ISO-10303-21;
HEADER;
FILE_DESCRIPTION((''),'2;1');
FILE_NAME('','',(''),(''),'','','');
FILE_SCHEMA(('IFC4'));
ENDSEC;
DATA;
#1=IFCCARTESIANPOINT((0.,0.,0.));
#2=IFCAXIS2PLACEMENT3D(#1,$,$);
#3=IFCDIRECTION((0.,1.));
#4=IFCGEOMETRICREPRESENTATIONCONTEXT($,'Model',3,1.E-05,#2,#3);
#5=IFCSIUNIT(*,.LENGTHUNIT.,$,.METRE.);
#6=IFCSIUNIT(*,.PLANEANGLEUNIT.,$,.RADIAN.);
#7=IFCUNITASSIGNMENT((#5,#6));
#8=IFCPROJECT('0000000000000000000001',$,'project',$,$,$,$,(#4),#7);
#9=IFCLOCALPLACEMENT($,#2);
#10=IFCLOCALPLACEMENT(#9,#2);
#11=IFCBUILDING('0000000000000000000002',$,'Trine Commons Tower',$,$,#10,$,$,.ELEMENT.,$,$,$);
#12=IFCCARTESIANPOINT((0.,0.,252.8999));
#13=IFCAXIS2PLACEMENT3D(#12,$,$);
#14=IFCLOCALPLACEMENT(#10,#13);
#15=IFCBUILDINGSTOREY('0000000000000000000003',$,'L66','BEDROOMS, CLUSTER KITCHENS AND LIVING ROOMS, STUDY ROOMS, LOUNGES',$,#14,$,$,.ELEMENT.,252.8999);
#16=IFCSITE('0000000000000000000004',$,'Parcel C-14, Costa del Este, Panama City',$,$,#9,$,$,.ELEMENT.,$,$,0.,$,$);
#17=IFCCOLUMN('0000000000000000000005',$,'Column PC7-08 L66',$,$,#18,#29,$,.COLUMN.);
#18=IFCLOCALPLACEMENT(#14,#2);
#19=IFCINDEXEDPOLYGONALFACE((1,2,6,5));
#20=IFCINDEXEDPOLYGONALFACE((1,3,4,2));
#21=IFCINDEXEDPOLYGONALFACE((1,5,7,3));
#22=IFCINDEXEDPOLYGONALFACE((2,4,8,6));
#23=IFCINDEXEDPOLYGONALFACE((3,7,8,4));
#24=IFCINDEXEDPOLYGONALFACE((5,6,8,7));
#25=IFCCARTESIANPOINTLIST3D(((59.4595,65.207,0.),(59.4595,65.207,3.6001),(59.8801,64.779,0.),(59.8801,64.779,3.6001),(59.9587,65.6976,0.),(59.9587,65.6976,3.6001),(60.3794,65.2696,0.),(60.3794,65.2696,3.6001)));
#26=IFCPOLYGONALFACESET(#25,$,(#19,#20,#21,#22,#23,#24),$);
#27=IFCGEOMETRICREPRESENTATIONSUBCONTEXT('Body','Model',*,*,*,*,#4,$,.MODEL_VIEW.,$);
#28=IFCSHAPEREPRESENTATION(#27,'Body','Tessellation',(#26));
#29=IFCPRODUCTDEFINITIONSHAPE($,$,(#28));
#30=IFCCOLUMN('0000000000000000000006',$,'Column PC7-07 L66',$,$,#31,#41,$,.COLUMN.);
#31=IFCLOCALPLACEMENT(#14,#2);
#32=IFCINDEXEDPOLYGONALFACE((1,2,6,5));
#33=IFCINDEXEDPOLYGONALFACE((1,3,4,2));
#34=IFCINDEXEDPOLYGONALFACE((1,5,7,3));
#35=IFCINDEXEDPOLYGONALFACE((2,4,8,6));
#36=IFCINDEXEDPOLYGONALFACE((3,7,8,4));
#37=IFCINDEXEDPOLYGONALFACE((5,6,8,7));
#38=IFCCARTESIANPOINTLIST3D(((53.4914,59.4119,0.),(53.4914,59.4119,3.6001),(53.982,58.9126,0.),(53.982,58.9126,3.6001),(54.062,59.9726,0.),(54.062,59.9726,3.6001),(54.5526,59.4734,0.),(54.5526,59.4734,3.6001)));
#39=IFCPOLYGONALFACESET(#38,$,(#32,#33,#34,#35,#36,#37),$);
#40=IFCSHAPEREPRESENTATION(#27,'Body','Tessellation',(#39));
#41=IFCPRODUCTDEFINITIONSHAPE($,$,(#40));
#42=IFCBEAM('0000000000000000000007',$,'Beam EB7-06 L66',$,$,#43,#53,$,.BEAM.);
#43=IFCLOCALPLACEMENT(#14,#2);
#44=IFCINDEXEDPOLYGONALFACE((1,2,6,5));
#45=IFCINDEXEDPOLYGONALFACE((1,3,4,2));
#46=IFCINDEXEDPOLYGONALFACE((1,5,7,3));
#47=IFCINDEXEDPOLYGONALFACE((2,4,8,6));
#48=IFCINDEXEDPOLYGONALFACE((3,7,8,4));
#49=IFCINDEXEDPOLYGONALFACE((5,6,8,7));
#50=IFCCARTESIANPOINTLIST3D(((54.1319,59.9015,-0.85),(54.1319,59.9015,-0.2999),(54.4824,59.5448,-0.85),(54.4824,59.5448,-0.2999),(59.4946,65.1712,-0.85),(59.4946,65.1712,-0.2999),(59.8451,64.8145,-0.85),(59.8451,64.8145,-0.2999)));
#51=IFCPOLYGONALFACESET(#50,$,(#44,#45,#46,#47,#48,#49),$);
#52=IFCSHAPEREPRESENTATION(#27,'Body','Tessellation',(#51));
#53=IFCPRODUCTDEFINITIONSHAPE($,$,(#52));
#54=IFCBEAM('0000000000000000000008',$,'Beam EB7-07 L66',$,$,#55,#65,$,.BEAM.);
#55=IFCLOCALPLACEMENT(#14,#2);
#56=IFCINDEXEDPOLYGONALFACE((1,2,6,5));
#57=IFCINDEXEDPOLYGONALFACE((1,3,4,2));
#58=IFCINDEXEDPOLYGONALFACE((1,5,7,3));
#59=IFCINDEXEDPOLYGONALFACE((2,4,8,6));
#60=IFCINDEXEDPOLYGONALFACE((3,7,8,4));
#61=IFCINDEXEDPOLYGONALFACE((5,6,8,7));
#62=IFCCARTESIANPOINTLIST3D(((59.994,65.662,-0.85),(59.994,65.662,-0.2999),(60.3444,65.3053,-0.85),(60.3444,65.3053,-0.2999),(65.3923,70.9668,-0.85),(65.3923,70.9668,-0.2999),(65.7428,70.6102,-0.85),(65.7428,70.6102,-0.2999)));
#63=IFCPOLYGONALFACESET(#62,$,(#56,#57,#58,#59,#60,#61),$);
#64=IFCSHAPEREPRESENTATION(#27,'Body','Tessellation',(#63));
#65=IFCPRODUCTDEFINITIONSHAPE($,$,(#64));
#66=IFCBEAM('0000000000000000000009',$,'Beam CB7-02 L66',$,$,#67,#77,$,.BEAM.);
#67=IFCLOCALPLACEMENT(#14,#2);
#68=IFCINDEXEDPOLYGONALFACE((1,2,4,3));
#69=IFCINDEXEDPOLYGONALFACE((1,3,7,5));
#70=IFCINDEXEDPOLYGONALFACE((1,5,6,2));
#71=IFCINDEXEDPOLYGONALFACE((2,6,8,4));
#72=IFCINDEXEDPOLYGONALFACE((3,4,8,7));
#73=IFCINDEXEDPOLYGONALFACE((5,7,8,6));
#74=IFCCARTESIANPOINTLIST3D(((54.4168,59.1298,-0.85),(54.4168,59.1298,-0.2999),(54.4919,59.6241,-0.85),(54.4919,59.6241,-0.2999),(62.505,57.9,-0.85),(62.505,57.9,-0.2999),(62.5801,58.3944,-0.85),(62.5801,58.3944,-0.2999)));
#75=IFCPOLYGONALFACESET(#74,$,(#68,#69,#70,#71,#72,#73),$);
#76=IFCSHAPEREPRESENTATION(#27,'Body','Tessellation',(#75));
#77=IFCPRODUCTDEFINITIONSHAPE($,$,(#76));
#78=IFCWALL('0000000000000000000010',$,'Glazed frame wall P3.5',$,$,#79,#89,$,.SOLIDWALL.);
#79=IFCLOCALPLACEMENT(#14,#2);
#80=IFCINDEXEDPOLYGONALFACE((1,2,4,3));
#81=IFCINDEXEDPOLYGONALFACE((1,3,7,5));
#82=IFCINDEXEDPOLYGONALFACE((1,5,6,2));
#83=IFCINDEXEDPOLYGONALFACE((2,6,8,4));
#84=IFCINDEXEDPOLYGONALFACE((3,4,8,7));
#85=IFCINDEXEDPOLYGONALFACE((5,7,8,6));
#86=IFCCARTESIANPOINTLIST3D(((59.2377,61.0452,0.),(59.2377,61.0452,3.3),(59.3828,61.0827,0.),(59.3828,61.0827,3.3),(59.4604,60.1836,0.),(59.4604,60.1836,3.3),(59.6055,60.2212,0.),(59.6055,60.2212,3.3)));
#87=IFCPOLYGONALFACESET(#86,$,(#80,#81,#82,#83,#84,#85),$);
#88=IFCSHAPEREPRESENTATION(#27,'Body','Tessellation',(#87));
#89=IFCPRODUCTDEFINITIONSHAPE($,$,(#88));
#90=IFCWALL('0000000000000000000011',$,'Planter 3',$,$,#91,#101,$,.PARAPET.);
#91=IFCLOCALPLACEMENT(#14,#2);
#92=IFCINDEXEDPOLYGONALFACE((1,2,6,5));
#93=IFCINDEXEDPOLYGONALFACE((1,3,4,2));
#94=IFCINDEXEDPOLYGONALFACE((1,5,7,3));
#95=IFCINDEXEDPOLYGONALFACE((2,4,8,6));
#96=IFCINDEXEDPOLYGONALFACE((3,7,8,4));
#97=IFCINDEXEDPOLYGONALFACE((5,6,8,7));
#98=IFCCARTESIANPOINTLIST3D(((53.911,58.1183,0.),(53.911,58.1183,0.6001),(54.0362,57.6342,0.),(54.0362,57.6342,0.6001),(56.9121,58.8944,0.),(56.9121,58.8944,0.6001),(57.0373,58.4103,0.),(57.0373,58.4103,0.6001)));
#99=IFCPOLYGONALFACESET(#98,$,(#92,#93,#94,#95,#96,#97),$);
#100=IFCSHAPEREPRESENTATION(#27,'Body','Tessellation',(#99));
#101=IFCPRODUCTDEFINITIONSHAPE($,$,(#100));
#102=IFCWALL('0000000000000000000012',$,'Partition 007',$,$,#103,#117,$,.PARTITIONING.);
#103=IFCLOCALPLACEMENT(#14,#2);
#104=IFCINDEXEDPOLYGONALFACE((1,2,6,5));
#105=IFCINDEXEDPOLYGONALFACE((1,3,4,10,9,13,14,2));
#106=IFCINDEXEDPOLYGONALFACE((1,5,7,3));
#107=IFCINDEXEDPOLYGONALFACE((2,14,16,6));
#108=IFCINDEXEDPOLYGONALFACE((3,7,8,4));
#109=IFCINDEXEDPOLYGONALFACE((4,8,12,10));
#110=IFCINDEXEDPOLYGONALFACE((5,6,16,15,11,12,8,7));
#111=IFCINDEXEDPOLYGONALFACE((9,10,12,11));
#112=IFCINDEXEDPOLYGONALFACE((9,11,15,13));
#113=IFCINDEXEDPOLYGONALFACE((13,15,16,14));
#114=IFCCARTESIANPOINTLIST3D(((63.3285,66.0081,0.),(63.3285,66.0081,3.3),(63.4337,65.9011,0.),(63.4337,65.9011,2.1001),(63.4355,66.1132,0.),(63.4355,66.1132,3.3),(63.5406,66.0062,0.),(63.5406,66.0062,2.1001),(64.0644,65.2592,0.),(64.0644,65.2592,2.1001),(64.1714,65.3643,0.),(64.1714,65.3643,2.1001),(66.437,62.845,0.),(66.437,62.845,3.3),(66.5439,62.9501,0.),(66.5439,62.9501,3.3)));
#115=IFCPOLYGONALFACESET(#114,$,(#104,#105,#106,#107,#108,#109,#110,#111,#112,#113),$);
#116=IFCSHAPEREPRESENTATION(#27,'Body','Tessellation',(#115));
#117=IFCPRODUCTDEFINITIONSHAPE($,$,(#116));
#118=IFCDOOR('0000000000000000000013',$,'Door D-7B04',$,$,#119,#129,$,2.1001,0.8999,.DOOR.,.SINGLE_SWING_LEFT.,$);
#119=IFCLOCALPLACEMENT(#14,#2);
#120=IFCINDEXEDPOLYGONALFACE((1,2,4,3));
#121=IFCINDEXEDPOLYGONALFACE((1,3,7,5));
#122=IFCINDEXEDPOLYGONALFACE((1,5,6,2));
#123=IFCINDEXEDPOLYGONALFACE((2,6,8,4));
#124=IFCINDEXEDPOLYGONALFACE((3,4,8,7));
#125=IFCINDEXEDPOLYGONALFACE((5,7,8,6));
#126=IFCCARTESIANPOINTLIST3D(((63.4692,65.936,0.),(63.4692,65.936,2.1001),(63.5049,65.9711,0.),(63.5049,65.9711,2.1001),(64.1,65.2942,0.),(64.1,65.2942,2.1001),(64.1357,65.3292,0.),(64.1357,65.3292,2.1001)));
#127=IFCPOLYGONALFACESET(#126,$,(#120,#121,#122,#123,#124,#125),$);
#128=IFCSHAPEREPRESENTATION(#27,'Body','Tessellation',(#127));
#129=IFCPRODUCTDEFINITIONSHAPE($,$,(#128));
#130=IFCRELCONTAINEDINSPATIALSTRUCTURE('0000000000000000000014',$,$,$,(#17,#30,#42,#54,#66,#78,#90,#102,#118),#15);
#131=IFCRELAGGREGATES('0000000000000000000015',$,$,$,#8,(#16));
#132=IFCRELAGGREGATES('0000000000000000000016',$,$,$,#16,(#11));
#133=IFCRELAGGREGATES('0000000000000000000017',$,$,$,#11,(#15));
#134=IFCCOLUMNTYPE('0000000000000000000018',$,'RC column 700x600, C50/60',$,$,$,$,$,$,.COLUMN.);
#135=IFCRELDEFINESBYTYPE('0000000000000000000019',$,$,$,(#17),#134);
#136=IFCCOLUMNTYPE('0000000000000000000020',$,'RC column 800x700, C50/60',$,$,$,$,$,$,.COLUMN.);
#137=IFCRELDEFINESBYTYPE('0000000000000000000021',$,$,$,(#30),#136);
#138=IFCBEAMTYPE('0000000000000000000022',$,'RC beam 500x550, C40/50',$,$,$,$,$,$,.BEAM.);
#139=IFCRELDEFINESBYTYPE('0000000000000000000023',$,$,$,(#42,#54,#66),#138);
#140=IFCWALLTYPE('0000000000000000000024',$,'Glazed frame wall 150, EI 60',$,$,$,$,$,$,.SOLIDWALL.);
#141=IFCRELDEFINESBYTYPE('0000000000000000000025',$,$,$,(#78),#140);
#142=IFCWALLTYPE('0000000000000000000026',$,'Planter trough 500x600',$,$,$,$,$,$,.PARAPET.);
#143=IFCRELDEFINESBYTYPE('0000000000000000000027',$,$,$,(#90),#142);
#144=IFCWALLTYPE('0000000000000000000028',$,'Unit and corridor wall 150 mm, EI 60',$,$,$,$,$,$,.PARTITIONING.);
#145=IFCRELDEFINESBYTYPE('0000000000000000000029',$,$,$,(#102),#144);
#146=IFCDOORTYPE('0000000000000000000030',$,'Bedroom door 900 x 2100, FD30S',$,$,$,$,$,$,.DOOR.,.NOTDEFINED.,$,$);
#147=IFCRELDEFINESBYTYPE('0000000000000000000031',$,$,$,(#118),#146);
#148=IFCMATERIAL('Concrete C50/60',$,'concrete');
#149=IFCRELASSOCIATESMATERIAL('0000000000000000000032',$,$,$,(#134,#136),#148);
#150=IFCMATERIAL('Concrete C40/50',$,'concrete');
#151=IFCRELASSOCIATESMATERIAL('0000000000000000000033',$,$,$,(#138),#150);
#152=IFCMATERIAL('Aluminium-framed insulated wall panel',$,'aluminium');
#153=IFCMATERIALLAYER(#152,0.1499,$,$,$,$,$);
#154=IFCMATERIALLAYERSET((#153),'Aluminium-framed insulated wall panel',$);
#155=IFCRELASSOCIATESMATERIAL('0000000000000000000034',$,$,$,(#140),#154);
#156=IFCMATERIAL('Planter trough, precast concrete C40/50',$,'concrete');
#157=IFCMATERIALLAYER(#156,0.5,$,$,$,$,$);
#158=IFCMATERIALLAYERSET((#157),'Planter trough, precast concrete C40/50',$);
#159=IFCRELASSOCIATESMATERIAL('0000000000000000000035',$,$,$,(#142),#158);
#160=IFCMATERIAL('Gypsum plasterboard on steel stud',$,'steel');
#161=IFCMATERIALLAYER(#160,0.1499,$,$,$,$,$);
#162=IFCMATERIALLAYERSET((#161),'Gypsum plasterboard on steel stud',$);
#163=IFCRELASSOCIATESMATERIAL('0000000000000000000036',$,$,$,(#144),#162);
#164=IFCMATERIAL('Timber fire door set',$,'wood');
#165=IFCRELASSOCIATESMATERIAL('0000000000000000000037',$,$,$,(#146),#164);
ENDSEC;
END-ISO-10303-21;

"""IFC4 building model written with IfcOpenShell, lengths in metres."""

from ifc_helpers import new_model, si_unit, direction, frame, frame_2d, origin, origin_2d, place, context, subcontext, project, spatial, polyline, rectangle, outline, extrude, material, layer, layer_set, material_profile, profile_set, type_object, element, fill, save


model = new_model("IFC4")

# Units and contexts
model_context = context("Model", 3, precision=1e-05, world=origin(), true_north=direction((0.0, 1.0)))
body_context = subcontext(model_context, "Body", "Model", "MODEL_VIEW")
ifc_project = project(units=[si_unit("LENGTHUNIT", "METRE"), si_unit("PLANEANGLEUNIT", "RADIAN")], contexts=[model_context])

# Site, building, storey
site_placement = place(None, origin())
site = spatial("IfcSite", under=ifc_project, at=site_placement, Name="Parcel C-14, Costa del Este, Panama City", CompositionType="ELEMENT", RefElevation=0.0)
building_placement = place(site_placement, origin())
building = spatial("IfcBuilding", under=site, at=building_placement, Name="Trine Commons Tower", CompositionType="ELEMENT")
storey_placement = place(building_placement, frame((0.0, 0.0, 252.8999)))
storey = spatial("IfcBuildingStorey", under=building, at=storey_placement, Name="L66", Description="BEDROOMS, CLUSTER KITCHENS AND LIVING ROOMS, STUDY ROOMS, LOUNGES", CompositionType="ELEMENT", Elevation=252.8999)

# Columns
ifc_material_1 = material(Name="Concrete C50/60", Category="concrete")
ifc_material_profile_1 = material_profile(ifc_material_1, rectangle(XDim=0.7, YDim=0.6001, at=origin_2d()), Name="RC 700x600")
ifc_profile_set_1 = profile_set([ifc_material_profile_1], Name="Concrete C50/60")
column_type_1 = type_object("IfcColumnType", Name="RC column 700x600, C50/60", PredefinedType="COLUMN", material=ifc_profile_set_1)
column_1_placement = place(storey_placement, frame((59.9194, 65.2383, 0.0), z_axis=(0.0, 0.0, 1.0), x_axis=(0.71325, 0.700909, 0.0)))
element("IfcColumn", 1, at=column_1_placement, inside=storey, type_object=column_type_1, Name="Column PC7-08 L66", PredefinedType="COLUMN", context=body_context, shape_type="SweptSolid", body=[
    extrude(rectangle(XDim=0.7, YDim=0.6001, at=origin_2d()), origin(), (0.0, 0.0, 1.0), 3.6001),
])
ifc_material_profile_2 = material_profile(ifc_material_1, rectangle(XDim=0.8, YDim=0.7, at=origin_2d()), Name="RC 800x700")
ifc_profile_set_2 = profile_set([ifc_material_profile_2], Name="Concrete C50/60")
column_type_2 = type_object("IfcColumnType", Name="RC column 800x700, C50/60", PredefinedType="COLUMN", material=ifc_profile_set_2)
column_2_placement = place(storey_placement, frame((54.022, 59.4426, 0.0), z_axis=(0.0, 0.0, 1.0), x_axis=(0.71325, 0.700909, 0.0)))
element("IfcColumn", 2, at=column_2_placement, inside=storey, type_object=column_type_2, Name="Column PC7-07 L66", PredefinedType="COLUMN", context=body_context, shape_type="SweptSolid", body=[
    extrude(rectangle(XDim=0.8, YDim=0.7, at=origin_2d()), origin(), (0.0, 0.0, 1.0), 3.6001),
])

# Beams
ifc_material_2 = material(Name="Concrete C40/50", Category="concrete")
ifc_material_profile_3 = material_profile(ifc_material_2, rectangle(XDim=0.5, YDim=0.55, at=origin_2d()), Name="RC 500x550")
ifc_profile_set_3 = profile_set([ifc_material_profile_3], Name="Concrete C40/50")
beam_type = type_object("IfcBeamType", Name="RC beam 500x550, C40/50", PredefinedType="BEAM", material=ifc_profile_set_3)
beam_1_placement = place(storey_placement, frame((54.3071, 59.7231, -0.575), z_axis=(0.713266, 0.700894, 0.0), x_axis=(-0.700894, 0.713266, 0.0)))
element("IfcBeam", 3, at=beam_1_placement, inside=storey, type_object=beam_type, Name="Beam EB7-06 L66", PredefinedType="BEAM", context=body_context, shape_type="SweptSolid", body=[
    extrude(rectangle(XDim=0.5, YDim=0.55, at=origin_2d()), origin(), (0.0, 0.0, 1.0), 7.5186),
])
beam_2_placement = place(storey_placement, frame((60.1692, 65.4836, -0.575), z_axis=(0.713257, 0.700903, 0.0), x_axis=(-0.700903, 0.713257, 0.0)))
element("IfcBeam", 4, at=beam_2_placement, inside=storey, type_object=beam_type, Name="Beam EB7-07 L66", PredefinedType="BEAM", context=body_context, shape_type="SweptSolid", body=[
    extrude(rectangle(XDim=0.5, YDim=0.55, at=origin_2d()), origin(), (0.0, 0.0, 1.0), 7.5686),
])
beam_3_placement = place(storey_placement, frame((54.4543, 59.377, -0.575), z_axis=(0.988638, -0.150315, 0.0), x_axis=(0.150315, 0.988638, 0.0)))
element("IfcBeam", 5, at=beam_3_placement, inside=storey, type_object=beam_type, Name="Beam CB7-02 L66", PredefinedType="BEAM", context=body_context, shape_type="SweptSolid", body=[
    extrude(rectangle(XDim=0.5, YDim=0.55, at=origin_2d()), origin(), (0.0, 0.0, 1.0), 8.1812),
])

# Shared definitions
ifc_material_3 = material(Name="Aluminium-framed insulated wall panel", Category="aluminium")
ifc_layer_1 = layer(ifc_material_3, 0.1499)
ifc_layer_set_1 = layer_set([ifc_layer_1], Name="Aluminium-framed insulated wall panel")
wall_type_1 = type_object("IfcWallType", Name="Glazed frame wall 150, EI 60", PredefinedType="SOLIDWALL", material=ifc_layer_set_1)

# Walls
wall_1_placement = place(storey_placement, frame((59.533, 60.2024, 0.0), z_axis=(0.0, 0.0, 1.0), x_axis=(-0.250284, 0.968172, 0.0)))
element("IfcWall", 6, at=wall_1_placement, inside=storey, type_object=wall_type_1, Name="Glazed frame wall P3.5", PredefinedType="SOLIDWALL", context=body_context, shape_type="SweptSolid", body=[
    extrude(outline(polyline([(0.8899, 0.075), (0.0, 0.075), (0.0, -0.075), (0.8899, -0.075), (0.8899, 0.075)])), origin(), (0.0, 0.0, 1.0), 3.3),
])
ifc_material_4 = material(Name="Planter trough, precast concrete C40/50", Category="concrete")
ifc_layer_2 = layer(ifc_material_4, 0.5)
ifc_layer_set_2 = layer_set([ifc_layer_2], Name="Planter trough, precast concrete C40/50")
wall_type_2 = type_object("IfcWallType", Name="Planter trough 500x600", PredefinedType="PARAPET", material=ifc_layer_set_2)
wall_2_placement = place(storey_placement, frame((56.9746, 58.6523, 0.0), z_axis=(0.0, 0.0, 1.0), x_axis=(-0.968151, -0.250366, 0.0)))
element("IfcWall", 7, at=wall_2_placement, inside=storey, type_object=wall_type_2, Name="Planter 3", PredefinedType="PARAPET", context=body_context, shape_type="SweptSolid", body=[
    extrude(rectangle(XDim=3.0999, YDim=0.5, at=frame_2d((1.5498, 0.0))), origin(), (0.0, 0.0, 1.0), 0.6001),
])

# Wall, opening, door
ifc_material_5 = material(Name="Gypsum plasterboard on steel stud", Category="steel")
ifc_layer_3 = layer(ifc_material_5, 0.1499)
ifc_layer_set_3 = layer_set([ifc_layer_3], Name="Gypsum plasterboard on steel stud")
wall_type_3 = type_object("IfcWallType", Name="Unit and corridor wall 150 mm, EI 60", PredefinedType="PARTITIONING", material=ifc_layer_set_3)
wall_3_placement = place(storey_placement, frame((63.3821, 66.0605, 0.0), z_axis=(0.0, 0.0, 1.0), x_axis=(0.700914, -0.713246, 0.0)))
wall_3 = element("IfcWall", 8, at=wall_3_placement, inside=storey, type_object=wall_type_3, Name="Partition 007", PredefinedType="PARTITIONING", context=body_context, shape_type="SweptSolid", body=[
    extrude(rectangle(XDim=4.4348, YDim=0.1499, at=frame_2d((2.2173, 0.0))), origin(), (0.0, 0.0, 1.0), 3.3),
])
opening_1_placement = place(wall_3_placement, frame((0.1499, 0.0, 0.0)))
opening_1 = element("IfcOpeningElement", 9, at=opening_1_placement, cuts=wall_3, PredefinedType="OPENING", context=body_context, shape_type="SweptSolid", body=[
    extrude(rectangle(XDim=0.8999, YDim=2.1001, at=frame_2d((0.45, 1.05))), frame((0.0, 0.085, 0.0), z_axis=(0.0, -1.0, 0.0), x_axis=(1.0, 0.0, 0.0)), (0.0, 0.0, 1.0), 0.1699),
])
ifc_material_6 = material(Name="Timber fire door set", Category="wood")
door_type_1 = type_object("IfcDoorType", Name="Bedroom door 900 x 2100, FD30S", OperationType="NOTDEFINED", PredefinedType="DOOR", material=ifc_material_6)
door_1_placement = place(opening_1_placement, origin())
door_1 = element("IfcDoor", 10, at=door_1_placement, inside=storey, type_object=door_type_1, Name="Door D-7B04", OperationType="SINGLE_SWING_LEFT", OverallHeight=2.1001, OverallWidth=0.8999, PredefinedType="DOOR", context=body_context, shape_type="SweptSolid", body=[
    extrude(rectangle(XDim=0.8999, YDim=2.1001, at=frame_2d((0.45, 1.05))), frame((0.0, 0.0249, 0.0), z_axis=(0.0, -1.0, 0.0), x_axis=(1.0, 0.0, 0.0)), (0.0, 0.0, 1.0), 0.05),
])
fill(opening_1, door_1)

save(model, "model.ifc")
